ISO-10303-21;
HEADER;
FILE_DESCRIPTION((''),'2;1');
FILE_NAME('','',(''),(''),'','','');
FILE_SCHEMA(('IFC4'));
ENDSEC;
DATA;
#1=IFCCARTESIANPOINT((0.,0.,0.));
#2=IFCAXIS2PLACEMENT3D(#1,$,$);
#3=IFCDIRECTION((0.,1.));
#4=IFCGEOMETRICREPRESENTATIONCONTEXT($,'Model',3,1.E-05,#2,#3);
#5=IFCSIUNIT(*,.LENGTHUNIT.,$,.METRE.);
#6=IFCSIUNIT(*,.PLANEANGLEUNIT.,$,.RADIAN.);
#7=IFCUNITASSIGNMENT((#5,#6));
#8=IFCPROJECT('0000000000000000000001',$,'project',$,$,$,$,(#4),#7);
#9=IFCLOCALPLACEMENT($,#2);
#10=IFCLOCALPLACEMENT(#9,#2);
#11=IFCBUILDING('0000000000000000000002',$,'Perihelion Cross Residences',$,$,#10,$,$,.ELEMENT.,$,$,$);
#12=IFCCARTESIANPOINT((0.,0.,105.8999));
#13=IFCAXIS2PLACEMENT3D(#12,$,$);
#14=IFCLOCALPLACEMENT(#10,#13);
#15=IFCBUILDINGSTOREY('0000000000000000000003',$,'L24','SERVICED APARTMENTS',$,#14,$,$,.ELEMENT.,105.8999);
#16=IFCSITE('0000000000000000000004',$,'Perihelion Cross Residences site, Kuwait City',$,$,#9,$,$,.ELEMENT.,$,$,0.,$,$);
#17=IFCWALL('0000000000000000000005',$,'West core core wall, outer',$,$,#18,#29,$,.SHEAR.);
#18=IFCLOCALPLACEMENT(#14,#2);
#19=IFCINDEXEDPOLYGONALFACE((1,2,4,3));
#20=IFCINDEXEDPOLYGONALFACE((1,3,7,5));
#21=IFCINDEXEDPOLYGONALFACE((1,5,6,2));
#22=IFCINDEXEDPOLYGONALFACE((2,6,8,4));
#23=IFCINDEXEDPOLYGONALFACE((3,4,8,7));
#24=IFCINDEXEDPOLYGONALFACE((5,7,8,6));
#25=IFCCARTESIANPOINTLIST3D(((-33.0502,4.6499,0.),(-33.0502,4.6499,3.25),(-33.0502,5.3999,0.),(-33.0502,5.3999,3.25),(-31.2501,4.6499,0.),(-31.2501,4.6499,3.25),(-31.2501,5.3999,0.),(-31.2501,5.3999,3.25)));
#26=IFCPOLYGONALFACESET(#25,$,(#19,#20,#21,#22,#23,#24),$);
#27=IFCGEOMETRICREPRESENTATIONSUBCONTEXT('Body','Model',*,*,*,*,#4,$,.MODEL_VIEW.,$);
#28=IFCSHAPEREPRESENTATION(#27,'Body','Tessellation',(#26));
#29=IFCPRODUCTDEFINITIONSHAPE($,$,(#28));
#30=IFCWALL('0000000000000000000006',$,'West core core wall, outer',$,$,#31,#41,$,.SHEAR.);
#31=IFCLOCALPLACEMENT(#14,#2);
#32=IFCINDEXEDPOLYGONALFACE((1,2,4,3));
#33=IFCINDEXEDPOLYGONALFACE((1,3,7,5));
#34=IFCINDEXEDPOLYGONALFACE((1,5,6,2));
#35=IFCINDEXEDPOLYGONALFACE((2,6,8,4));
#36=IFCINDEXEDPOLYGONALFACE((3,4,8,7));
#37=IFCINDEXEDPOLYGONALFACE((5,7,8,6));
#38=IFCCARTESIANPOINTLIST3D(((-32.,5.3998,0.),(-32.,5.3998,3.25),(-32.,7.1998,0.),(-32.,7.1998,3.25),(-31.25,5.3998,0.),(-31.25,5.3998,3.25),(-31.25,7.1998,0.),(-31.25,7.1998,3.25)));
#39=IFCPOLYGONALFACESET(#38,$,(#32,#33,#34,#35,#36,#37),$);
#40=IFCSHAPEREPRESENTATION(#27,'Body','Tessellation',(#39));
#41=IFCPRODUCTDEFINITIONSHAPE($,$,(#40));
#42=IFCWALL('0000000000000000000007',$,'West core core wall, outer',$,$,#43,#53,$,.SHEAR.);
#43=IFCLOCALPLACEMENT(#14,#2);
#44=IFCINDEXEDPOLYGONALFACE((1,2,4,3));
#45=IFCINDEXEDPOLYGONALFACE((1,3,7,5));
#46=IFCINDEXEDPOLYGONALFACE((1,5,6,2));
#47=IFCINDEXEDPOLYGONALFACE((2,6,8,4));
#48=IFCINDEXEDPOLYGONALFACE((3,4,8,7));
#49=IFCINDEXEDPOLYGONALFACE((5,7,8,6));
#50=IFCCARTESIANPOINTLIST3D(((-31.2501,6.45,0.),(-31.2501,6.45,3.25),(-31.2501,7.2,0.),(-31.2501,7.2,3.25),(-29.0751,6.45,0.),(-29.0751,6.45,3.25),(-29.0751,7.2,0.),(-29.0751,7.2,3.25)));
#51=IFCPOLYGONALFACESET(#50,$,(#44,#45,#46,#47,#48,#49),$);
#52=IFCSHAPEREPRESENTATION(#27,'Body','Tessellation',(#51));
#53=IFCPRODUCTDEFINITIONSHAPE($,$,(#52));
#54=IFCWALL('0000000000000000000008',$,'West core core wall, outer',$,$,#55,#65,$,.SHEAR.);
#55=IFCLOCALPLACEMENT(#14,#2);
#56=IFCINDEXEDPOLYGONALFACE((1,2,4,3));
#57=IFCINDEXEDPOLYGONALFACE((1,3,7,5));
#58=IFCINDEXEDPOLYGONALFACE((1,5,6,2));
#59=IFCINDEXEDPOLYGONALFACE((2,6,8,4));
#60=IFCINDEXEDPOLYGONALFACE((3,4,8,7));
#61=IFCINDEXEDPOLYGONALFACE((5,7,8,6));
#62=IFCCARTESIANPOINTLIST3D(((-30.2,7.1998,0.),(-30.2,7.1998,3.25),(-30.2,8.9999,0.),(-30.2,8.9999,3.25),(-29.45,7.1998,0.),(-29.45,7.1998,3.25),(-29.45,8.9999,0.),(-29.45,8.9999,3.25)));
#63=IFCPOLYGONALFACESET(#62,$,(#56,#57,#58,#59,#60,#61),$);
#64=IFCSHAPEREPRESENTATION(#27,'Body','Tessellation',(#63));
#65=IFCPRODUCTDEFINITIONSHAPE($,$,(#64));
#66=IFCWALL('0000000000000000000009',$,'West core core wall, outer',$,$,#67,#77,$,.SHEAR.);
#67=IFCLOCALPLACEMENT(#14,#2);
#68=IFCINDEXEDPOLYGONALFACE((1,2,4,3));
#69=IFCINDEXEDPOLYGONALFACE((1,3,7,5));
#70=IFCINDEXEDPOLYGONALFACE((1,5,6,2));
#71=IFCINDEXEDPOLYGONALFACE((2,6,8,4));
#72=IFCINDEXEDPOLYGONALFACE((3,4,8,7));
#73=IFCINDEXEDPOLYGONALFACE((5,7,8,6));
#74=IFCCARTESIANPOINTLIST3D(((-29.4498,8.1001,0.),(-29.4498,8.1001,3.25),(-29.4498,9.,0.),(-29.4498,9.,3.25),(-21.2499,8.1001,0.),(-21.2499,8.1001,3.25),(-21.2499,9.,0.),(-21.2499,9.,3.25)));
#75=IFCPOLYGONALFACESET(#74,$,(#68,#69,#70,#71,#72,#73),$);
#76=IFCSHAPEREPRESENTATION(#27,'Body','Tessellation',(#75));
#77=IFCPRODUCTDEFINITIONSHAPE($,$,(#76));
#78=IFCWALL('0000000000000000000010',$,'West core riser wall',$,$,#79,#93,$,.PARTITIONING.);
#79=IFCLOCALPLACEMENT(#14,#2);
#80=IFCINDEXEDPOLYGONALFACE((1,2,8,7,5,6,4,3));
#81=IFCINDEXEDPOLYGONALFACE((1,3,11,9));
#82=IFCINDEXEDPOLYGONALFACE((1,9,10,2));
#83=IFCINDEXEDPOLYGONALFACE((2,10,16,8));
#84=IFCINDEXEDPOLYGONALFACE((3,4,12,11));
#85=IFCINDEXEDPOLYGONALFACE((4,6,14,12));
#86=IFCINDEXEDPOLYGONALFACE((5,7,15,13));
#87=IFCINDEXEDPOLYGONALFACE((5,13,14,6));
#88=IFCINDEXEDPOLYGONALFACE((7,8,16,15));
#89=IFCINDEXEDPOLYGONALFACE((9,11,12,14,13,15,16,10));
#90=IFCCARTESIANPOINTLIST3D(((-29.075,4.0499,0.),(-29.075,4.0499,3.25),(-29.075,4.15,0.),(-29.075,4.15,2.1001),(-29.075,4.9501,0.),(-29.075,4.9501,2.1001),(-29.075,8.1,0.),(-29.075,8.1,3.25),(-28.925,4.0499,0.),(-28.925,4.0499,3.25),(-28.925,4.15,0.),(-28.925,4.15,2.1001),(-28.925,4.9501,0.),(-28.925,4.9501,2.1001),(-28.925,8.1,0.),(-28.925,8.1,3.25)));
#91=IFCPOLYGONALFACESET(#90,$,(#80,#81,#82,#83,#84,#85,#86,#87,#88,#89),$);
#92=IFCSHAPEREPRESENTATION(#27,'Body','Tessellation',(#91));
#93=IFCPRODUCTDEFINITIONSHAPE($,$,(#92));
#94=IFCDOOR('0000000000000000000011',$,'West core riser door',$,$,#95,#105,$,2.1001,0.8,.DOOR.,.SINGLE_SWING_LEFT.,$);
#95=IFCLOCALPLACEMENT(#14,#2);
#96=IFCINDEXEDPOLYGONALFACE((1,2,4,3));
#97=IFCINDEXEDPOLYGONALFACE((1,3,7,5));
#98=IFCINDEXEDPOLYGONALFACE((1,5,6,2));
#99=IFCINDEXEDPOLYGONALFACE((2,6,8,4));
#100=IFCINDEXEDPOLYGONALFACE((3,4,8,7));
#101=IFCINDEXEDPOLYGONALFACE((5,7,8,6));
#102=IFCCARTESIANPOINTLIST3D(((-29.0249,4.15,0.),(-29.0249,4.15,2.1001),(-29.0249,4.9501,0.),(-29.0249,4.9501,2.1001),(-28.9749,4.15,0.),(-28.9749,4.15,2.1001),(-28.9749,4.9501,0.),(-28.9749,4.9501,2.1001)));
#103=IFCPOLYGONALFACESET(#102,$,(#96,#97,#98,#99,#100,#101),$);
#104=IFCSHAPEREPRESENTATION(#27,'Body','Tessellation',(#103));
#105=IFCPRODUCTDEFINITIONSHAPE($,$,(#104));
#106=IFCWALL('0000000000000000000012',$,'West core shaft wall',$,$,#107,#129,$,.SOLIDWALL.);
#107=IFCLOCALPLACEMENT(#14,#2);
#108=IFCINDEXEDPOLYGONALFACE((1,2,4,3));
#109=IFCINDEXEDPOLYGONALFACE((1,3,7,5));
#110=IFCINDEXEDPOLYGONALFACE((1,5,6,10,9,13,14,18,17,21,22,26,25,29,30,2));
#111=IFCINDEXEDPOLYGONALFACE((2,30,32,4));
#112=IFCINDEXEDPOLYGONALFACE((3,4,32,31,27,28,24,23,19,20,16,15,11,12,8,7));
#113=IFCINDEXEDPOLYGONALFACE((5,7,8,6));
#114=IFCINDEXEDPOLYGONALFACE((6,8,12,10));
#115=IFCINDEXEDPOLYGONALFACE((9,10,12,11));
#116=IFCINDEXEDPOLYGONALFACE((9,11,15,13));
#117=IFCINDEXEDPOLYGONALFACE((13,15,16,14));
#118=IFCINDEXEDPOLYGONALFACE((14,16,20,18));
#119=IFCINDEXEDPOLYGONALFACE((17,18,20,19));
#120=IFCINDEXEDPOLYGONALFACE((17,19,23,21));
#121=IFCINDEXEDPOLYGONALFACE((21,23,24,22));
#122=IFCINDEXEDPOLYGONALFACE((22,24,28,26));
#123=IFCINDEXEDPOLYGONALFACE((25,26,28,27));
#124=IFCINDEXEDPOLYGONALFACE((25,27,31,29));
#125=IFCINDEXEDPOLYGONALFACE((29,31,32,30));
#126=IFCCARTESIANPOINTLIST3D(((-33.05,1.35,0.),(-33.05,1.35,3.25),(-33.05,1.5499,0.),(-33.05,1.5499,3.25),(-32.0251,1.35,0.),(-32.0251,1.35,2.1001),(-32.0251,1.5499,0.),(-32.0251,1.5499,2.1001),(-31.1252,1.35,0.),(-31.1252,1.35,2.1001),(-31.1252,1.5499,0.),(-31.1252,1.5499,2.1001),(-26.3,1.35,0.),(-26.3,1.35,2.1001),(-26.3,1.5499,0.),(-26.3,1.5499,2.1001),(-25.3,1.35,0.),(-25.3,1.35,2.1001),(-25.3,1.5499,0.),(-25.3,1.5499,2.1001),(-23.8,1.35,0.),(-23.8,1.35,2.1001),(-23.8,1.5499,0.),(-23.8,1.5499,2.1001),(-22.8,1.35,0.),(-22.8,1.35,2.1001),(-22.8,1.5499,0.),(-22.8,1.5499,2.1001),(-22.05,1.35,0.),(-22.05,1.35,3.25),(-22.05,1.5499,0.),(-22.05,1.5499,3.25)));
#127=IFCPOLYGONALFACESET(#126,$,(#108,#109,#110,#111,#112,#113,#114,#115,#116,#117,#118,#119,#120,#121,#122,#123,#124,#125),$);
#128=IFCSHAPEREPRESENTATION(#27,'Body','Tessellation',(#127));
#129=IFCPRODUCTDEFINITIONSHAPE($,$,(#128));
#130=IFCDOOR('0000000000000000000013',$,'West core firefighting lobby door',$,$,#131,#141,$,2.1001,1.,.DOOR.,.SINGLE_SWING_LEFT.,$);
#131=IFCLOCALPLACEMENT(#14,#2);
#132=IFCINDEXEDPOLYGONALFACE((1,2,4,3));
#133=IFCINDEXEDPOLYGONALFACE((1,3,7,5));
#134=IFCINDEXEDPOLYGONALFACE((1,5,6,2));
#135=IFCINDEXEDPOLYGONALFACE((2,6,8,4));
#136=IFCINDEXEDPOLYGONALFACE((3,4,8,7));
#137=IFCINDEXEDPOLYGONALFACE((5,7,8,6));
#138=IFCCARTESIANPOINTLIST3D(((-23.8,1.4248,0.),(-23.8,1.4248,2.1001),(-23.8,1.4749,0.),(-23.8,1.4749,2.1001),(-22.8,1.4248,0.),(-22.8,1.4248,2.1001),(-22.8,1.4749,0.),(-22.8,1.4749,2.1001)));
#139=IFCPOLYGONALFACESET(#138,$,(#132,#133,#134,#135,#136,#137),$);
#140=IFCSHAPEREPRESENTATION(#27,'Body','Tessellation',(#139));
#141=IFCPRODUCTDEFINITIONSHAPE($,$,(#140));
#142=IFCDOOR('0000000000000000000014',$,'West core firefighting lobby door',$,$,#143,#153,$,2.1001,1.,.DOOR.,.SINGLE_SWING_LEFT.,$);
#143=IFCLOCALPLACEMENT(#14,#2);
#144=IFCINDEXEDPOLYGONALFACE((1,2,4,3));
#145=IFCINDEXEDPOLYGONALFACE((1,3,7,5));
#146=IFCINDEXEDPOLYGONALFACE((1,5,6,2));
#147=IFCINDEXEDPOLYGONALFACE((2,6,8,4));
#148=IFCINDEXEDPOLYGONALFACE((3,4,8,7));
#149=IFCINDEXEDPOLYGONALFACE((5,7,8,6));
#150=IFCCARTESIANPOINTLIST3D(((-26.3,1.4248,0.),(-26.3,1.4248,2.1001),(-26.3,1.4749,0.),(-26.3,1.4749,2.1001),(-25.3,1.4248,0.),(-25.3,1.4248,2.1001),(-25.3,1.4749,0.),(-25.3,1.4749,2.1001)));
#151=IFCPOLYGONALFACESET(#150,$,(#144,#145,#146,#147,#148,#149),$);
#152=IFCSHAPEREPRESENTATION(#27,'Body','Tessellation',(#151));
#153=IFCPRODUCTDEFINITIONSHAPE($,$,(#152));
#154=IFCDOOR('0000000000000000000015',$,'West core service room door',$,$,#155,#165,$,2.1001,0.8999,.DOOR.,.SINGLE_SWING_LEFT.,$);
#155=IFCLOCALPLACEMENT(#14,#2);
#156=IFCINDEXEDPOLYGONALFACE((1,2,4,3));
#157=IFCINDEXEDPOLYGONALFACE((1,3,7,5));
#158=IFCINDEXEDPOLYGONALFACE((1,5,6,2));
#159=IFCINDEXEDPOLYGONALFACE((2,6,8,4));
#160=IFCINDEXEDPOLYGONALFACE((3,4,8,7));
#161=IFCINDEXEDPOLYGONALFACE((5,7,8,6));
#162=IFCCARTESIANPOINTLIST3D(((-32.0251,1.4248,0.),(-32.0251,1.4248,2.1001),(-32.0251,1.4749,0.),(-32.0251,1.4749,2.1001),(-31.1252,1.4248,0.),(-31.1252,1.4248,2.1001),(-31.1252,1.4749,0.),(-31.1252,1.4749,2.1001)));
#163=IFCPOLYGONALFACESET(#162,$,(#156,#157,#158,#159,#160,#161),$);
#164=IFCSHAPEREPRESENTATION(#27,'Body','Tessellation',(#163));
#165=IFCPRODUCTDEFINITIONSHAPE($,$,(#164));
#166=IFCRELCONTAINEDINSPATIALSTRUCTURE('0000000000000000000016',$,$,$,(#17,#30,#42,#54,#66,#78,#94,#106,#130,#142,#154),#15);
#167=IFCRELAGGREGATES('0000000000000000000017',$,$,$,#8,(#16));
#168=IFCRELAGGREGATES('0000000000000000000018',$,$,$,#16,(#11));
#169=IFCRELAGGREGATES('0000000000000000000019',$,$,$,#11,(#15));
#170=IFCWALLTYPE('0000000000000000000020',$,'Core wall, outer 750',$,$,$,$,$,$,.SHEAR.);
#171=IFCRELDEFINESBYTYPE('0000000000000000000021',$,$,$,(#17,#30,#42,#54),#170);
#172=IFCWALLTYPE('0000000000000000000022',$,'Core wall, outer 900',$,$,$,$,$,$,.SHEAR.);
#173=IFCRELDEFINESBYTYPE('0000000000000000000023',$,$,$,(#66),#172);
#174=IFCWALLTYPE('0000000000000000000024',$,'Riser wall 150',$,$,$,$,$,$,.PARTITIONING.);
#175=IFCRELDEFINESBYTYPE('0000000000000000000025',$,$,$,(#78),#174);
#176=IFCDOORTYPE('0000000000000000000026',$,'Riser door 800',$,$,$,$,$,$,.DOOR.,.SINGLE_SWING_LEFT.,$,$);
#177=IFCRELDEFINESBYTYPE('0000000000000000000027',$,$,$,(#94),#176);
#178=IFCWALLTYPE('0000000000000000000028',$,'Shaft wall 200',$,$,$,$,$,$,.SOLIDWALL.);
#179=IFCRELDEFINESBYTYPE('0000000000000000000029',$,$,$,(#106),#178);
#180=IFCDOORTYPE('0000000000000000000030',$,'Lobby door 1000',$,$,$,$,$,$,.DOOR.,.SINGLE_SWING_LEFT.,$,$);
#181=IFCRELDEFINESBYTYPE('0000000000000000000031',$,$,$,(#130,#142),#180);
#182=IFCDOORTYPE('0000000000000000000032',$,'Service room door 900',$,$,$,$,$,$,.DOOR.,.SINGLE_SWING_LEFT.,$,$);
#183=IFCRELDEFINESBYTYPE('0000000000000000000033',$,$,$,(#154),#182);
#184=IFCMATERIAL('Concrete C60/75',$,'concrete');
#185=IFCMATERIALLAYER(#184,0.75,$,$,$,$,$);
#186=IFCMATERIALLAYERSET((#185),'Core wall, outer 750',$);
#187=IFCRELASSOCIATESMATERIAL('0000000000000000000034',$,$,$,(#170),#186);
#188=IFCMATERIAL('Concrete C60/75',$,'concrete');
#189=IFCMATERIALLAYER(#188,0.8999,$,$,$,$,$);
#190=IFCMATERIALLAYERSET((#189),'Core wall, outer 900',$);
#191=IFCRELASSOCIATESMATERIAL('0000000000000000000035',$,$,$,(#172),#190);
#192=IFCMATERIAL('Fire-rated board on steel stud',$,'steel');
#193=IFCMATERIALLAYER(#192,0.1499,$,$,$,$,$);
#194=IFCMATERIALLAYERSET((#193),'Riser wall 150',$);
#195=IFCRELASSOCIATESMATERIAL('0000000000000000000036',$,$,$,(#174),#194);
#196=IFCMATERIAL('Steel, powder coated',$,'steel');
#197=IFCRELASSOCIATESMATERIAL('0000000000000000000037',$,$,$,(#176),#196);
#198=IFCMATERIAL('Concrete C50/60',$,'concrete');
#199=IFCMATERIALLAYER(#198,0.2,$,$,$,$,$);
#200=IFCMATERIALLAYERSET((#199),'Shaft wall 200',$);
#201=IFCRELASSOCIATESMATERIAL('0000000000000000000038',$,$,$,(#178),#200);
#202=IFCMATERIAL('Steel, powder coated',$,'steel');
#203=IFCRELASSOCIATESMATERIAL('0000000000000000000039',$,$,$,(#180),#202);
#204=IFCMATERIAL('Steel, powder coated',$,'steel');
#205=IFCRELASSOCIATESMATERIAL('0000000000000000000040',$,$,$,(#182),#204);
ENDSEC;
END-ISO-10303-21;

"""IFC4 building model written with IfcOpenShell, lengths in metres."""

from ifc_helpers import new_model, si_unit, direction, frame, frame_2d, origin, place, context, subcontext, project, spatial, rectangle, extrude, material, layer, layer_set, type_object, element, fill, save


model = new_model("IFC4")

# Units and contexts
model_context = context("Model", 3, precision=1e-05, world=origin(), true_north=direction((0.0, 1.0)))
body_context = subcontext(model_context, "Body", "Model", "MODEL_VIEW")
ifc_project = project(units=[si_unit("LENGTHUNIT", "METRE"), si_unit("PLANEANGLEUNIT", "RADIAN")], contexts=[model_context])

# Site, building, storey
site_placement = place(None, origin())
site = spatial("IfcSite", under=ifc_project, at=site_placement, Name="Perihelion Cross Residences site, Kuwait City", CompositionType="ELEMENT", RefElevation=0.0)
building_placement = place(site_placement, origin())
building = spatial("IfcBuilding", under=site, at=building_placement, Name="Perihelion Cross Residences", CompositionType="ELEMENT")
storey_placement = place(building_placement, frame((0.0, 0.0, 105.8999)))
storey = spatial("IfcBuildingStorey", under=building, at=storey_placement, Name="L24", Description="SERVICED APARTMENTS", CompositionType="ELEMENT", Elevation=105.8999)

# Walls
ifc_material_1 = material(Name="Concrete C60/75", Category="concrete")
ifc_layer_1 = layer(ifc_material_1, 0.75)
ifc_layer_set_1 = layer_set([ifc_layer_1], Name="Core wall, outer 750")
wall_type_1 = type_object("IfcWallType", Name="Core wall, outer 750", PredefinedType="SHEAR", material=ifc_layer_set_1)
for number, where, z_axis, x_axis, name in (
    (1, (-33.05, 5.0249, 0.0), (0.0, 0.0, 1.0), (1.0, 0.0, 0.0), "West core core wall, outer"),
    (2, (-31.625, 5.3999, 0.0), (0.0, 0.0, 1.0), (0.0, 1.0, 0.0), "West core core wall, outer"),
):
    element("IfcWall", number, at=place(storey_placement, frame(where, z_axis=z_axis, x_axis=x_axis)), inside=storey, type_object=wall_type_1, Name=name, PredefinedType="SHEAR", context=body_context, shape_type="SweptSolid", body=[
        extrude(rectangle(XDim=1.8, YDim=0.75, at=frame_2d((0.8999, 0.0))), origin(), (0.0, 0.0, 1.0), 3.25),
    ])
wall_1_placement = place(storey_placement, frame((-31.25, 6.825, 0.0), z_axis=(0.0, 0.0, 1.0), x_axis=(1.0, 0.0, 0.0)))
element("IfcWall", 3, at=wall_1_placement, inside=storey, type_object=wall_type_1, Name="West core core wall, outer", PredefinedType="SHEAR", context=body_context, shape_type="SweptSolid", body=[
    extrude(rectangle(XDim=2.175, YDim=0.75, at=frame_2d((1.0874, 0.0))), origin(), (0.0, 0.0, 1.0), 3.25),
])
wall_2_placement = place(storey_placement, frame((-29.825, 7.2, 0.0), z_axis=(0.0, 0.0, 1.0), x_axis=(0.0, 1.0, 0.0)))
element("IfcWall", 4, at=wall_2_placement, inside=storey, type_object=wall_type_1, Name="West core core wall, outer", PredefinedType="SHEAR", context=body_context, shape_type="SweptSolid", body=[
    extrude(rectangle(XDim=1.8, YDim=0.75, at=frame_2d((0.8999, 0.0))), origin(), (0.0, 0.0, 1.0), 3.25),
])
ifc_material_2 = material(Name="Concrete C60/75", Category="concrete")
ifc_layer_2 = layer(ifc_material_2, 0.8999)
ifc_layer_set_2 = layer_set([ifc_layer_2], Name="Core wall, outer 900")
wall_type_2 = type_object("IfcWallType", Name="Core wall, outer 900", PredefinedType="SHEAR", material=ifc_layer_set_2)
wall_3_placement = place(storey_placement, frame((-29.45, 8.55, 0.0), z_axis=(0.0, 0.0, 1.0), x_axis=(1.0, 0.0, 0.0)))
element("IfcWall", 5, at=wall_3_placement, inside=storey, type_object=wall_type_2, Name="West core core wall, outer", PredefinedType="SHEAR", context=body_context, shape_type="SweptSolid", body=[
    extrude(rectangle(XDim=8.2, YDim=0.8999, at=frame_2d((4.1001, 0.0))), origin(), (0.0, 0.0, 1.0), 3.25),
])

# Wall, opening, door
ifc_material_3 = material(Name="Fire-rated board on steel stud", Category="steel")
ifc_layer_3 = layer(ifc_material_3, 0.1499)
ifc_layer_set_3 = layer_set([ifc_layer_3], Name="Riser wall 150")
wall_type_3 = type_object("IfcWallType", Name="Riser wall 150", PredefinedType="PARTITIONING", material=ifc_layer_set_3)
wall_4_placement = place(storey_placement, frame((-29.0, 4.05, 0.0), z_axis=(0.0, 0.0, 1.0), x_axis=(0.0, 1.0, 0.0)))
wall_4 = element("IfcWall", 6, at=wall_4_placement, inside=storey, type_object=wall_type_3, Name="West core riser wall", PredefinedType="PARTITIONING", context=body_context, shape_type="SweptSolid", body=[
    extrude(rectangle(XDim=4.05, YDim=0.1499, at=frame_2d((2.0249, 0.0))), origin(), (0.0, 0.0, 1.0), 3.25),
])
opening_1_placement = place(wall_4_placement, frame((0.1001, 0.0, 0.0)))
opening_1 = element("IfcOpeningElement", 7, at=opening_1_placement, cuts=wall_4, PredefinedType="OPENING", context=body_context, shape_type="SweptSolid", body=[
    extrude(rectangle(XDim=0.8, YDim=2.1001, at=frame_2d((0.3999, 1.05))), frame((0.0, 0.085, 0.0), z_axis=(0.0, -1.0, 0.0), x_axis=(1.0, 0.0, 0.0)), (0.0, 0.0, 1.0), 0.1699),
])
ifc_material_4 = material(Name="Steel, powder coated", Category="steel")
door_type_1 = type_object("IfcDoorType", Name="Riser door 800", OperationType="SINGLE_SWING_LEFT", PredefinedType="DOOR", material=ifc_material_4)
door_1_placement = place(opening_1_placement, origin())
door_1 = element("IfcDoor", 8, at=door_1_placement, inside=storey, type_object=door_type_1, Name="West core riser door", OperationType="SINGLE_SWING_LEFT", OverallHeight=2.1001, OverallWidth=0.8, PredefinedType="DOOR", context=body_context, shape_type="SweptSolid", body=[
    extrude(rectangle(XDim=0.8, YDim=2.1001, at=frame_2d((0.3999, 1.05))), frame((0.0, 0.0249, 0.0), z_axis=(0.0, -1.0, 0.0), x_axis=(1.0, 0.0, 0.0)), (0.0, 0.0, 1.0), 0.05),
])
fill(opening_1, door_1)

# Wall, openings, doors
ifc_material_5 = material(Name="Concrete C50/60", Category="concrete")
ifc_layer_4 = layer(ifc_material_5, 0.2)
ifc_layer_set_4 = layer_set([ifc_layer_4], Name="Shaft wall 200")
wall_type_4 = type_object("IfcWallType", Name="Shaft wall 200", PredefinedType="SOLIDWALL", material=ifc_layer_set_4)
wall_5_placement = place(storey_placement, frame((-33.05, 1.45, 0.0), z_axis=(0.0, 0.0, 1.0), x_axis=(1.0, 0.0, 0.0)))
wall_5 = element("IfcWall", 9, at=wall_5_placement, inside=storey, type_object=wall_type_4, Name="West core shaft wall", PredefinedType="SOLIDWALL", context=body_context, shape_type="SweptSolid", body=[
    extrude(rectangle(XDim=11.0, YDim=0.2, at=frame_2d((5.5, 0.0))), origin(), (0.0, 0.0, 1.0), 3.25),
])
opening_2_placement = place(wall_5_placement, frame((9.25, 0.0, 0.0)))
opening_2 = element("IfcOpeningElement", 10, at=opening_2_placement, cuts=wall_5, PredefinedType="OPENING", context=body_context, shape_type="SweptSolid", body=[
    extrude(rectangle(XDim=1.0, YDim=2.1001, at=frame_2d((0.5, 1.05))), frame((0.0, 0.1099, 0.0), z_axis=(0.0, -1.0, 0.0), x_axis=(1.0, 0.0, 0.0)), (0.0, 0.0, 1.0), 0.22),
])
opening_3_placement = place(wall_5_placement, frame((6.75, 0.0, 0.0)))
opening_3 = element("IfcOpeningElement", 11, at=opening_3_placement, cuts=wall_5, PredefinedType="OPENING", context=body_context, shape_type="SweptSolid", body=[
    extrude(rectangle(XDim=1.0, YDim=2.1001, at=frame_2d((0.5, 1.05))), frame((0.0, 0.1099, 0.0), z_axis=(0.0, -1.0, 0.0), x_axis=(1.0, 0.0, 0.0)), (0.0, 0.0, 1.0), 0.22),
])
opening_4_placement = place(wall_5_placement, frame((1.0249, 0.0, 0.0)))
opening_4 = element("IfcOpeningElement", 12, at=opening_4_placement, cuts=wall_5, PredefinedType="OPENING", context=body_context, shape_type="SweptSolid", body=[
    extrude(rectangle(XDim=0.8999, YDim=2.1001, at=frame_2d((0.45, 1.05))), frame((0.0, 0.1099, 0.0), z_axis=(0.0, -1.0, 0.0), x_axis=(1.0, 0.0, 0.0)), (0.0, 0.0, 1.0), 0.22),
])
ifc_material_6 = material(Name="Steel, powder coated", Category="steel")
door_type_2 = type_object("IfcDoorType", Name="Lobby door 1000", OperationType="SINGLE_SWING_LEFT", PredefinedType="DOOR", material=ifc_material_6)
door_2_placement = place(opening_2_placement, origin())
door_2 = element("IfcDoor", 13, at=door_2_placement, inside=storey, type_object=door_type_2, Name="West core firefighting lobby door", OperationType="SINGLE_SWING_LEFT", OverallHeight=2.1001, OverallWidth=1.0, PredefinedType="DOOR", context=body_context, shape_type="SweptSolid", body=[
    extrude(rectangle(XDim=1.0, YDim=2.1001, at=frame_2d((0.5, 1.05))), frame((0.0, 0.0249, 0.0), z_axis=(0.0, -1.0, 0.0), x_axis=(1.0, 0.0, 0.0)), (0.0, 0.0, 1.0), 0.05),
])
fill(opening_2, door_2)
door_3_placement = place(opening_3_placement, origin())
door_3 = element("IfcDoor", 14, at=door_3_placement, inside=storey, type_object=door_type_2, Name="West core firefighting lobby door", OperationType="SINGLE_SWING_LEFT", OverallHeight=2.1001, OverallWidth=1.0, PredefinedType="DOOR", context=body_context, shape_type="SweptSolid", body=[
    extrude(rectangle(XDim=1.0, YDim=2.1001, at=frame_2d((0.5, 1.05))), frame((0.0, 0.0249, 0.0), z_axis=(0.0, -1.0, 0.0), x_axis=(1.0, 0.0, 0.0)), (0.0, 0.0, 1.0), 0.05),
])
fill(opening_3, door_3)
ifc_material_7 = material(Name="Steel, powder coated", Category="steel")
door_type_3 = type_object("IfcDoorType", Name="Service room door 900", OperationType="SINGLE_SWING_LEFT", PredefinedType="DOOR", material=ifc_material_7)
door_4_placement = place(opening_4_placement, origin())
door_4 = element("IfcDoor", 15, at=door_4_placement, inside=storey, type_object=door_type_3, Name="West core service room door", OperationType="SINGLE_SWING_LEFT", OverallHeight=2.1001, OverallWidth=0.8999, PredefinedType="DOOR", context=body_context, shape_type="SweptSolid", body=[
    extrude(rectangle(XDim=0.8999, YDim=2.1001, at=frame_2d((0.45, 1.05))), frame((0.0, 0.0249, 0.0), z_axis=(0.0, -1.0, 0.0), x_axis=(1.0, 0.0, 0.0)), (0.0, 0.0, 1.0), 0.05),
])
fill(opening_4, door_4)

save(model, "model.ifc")
